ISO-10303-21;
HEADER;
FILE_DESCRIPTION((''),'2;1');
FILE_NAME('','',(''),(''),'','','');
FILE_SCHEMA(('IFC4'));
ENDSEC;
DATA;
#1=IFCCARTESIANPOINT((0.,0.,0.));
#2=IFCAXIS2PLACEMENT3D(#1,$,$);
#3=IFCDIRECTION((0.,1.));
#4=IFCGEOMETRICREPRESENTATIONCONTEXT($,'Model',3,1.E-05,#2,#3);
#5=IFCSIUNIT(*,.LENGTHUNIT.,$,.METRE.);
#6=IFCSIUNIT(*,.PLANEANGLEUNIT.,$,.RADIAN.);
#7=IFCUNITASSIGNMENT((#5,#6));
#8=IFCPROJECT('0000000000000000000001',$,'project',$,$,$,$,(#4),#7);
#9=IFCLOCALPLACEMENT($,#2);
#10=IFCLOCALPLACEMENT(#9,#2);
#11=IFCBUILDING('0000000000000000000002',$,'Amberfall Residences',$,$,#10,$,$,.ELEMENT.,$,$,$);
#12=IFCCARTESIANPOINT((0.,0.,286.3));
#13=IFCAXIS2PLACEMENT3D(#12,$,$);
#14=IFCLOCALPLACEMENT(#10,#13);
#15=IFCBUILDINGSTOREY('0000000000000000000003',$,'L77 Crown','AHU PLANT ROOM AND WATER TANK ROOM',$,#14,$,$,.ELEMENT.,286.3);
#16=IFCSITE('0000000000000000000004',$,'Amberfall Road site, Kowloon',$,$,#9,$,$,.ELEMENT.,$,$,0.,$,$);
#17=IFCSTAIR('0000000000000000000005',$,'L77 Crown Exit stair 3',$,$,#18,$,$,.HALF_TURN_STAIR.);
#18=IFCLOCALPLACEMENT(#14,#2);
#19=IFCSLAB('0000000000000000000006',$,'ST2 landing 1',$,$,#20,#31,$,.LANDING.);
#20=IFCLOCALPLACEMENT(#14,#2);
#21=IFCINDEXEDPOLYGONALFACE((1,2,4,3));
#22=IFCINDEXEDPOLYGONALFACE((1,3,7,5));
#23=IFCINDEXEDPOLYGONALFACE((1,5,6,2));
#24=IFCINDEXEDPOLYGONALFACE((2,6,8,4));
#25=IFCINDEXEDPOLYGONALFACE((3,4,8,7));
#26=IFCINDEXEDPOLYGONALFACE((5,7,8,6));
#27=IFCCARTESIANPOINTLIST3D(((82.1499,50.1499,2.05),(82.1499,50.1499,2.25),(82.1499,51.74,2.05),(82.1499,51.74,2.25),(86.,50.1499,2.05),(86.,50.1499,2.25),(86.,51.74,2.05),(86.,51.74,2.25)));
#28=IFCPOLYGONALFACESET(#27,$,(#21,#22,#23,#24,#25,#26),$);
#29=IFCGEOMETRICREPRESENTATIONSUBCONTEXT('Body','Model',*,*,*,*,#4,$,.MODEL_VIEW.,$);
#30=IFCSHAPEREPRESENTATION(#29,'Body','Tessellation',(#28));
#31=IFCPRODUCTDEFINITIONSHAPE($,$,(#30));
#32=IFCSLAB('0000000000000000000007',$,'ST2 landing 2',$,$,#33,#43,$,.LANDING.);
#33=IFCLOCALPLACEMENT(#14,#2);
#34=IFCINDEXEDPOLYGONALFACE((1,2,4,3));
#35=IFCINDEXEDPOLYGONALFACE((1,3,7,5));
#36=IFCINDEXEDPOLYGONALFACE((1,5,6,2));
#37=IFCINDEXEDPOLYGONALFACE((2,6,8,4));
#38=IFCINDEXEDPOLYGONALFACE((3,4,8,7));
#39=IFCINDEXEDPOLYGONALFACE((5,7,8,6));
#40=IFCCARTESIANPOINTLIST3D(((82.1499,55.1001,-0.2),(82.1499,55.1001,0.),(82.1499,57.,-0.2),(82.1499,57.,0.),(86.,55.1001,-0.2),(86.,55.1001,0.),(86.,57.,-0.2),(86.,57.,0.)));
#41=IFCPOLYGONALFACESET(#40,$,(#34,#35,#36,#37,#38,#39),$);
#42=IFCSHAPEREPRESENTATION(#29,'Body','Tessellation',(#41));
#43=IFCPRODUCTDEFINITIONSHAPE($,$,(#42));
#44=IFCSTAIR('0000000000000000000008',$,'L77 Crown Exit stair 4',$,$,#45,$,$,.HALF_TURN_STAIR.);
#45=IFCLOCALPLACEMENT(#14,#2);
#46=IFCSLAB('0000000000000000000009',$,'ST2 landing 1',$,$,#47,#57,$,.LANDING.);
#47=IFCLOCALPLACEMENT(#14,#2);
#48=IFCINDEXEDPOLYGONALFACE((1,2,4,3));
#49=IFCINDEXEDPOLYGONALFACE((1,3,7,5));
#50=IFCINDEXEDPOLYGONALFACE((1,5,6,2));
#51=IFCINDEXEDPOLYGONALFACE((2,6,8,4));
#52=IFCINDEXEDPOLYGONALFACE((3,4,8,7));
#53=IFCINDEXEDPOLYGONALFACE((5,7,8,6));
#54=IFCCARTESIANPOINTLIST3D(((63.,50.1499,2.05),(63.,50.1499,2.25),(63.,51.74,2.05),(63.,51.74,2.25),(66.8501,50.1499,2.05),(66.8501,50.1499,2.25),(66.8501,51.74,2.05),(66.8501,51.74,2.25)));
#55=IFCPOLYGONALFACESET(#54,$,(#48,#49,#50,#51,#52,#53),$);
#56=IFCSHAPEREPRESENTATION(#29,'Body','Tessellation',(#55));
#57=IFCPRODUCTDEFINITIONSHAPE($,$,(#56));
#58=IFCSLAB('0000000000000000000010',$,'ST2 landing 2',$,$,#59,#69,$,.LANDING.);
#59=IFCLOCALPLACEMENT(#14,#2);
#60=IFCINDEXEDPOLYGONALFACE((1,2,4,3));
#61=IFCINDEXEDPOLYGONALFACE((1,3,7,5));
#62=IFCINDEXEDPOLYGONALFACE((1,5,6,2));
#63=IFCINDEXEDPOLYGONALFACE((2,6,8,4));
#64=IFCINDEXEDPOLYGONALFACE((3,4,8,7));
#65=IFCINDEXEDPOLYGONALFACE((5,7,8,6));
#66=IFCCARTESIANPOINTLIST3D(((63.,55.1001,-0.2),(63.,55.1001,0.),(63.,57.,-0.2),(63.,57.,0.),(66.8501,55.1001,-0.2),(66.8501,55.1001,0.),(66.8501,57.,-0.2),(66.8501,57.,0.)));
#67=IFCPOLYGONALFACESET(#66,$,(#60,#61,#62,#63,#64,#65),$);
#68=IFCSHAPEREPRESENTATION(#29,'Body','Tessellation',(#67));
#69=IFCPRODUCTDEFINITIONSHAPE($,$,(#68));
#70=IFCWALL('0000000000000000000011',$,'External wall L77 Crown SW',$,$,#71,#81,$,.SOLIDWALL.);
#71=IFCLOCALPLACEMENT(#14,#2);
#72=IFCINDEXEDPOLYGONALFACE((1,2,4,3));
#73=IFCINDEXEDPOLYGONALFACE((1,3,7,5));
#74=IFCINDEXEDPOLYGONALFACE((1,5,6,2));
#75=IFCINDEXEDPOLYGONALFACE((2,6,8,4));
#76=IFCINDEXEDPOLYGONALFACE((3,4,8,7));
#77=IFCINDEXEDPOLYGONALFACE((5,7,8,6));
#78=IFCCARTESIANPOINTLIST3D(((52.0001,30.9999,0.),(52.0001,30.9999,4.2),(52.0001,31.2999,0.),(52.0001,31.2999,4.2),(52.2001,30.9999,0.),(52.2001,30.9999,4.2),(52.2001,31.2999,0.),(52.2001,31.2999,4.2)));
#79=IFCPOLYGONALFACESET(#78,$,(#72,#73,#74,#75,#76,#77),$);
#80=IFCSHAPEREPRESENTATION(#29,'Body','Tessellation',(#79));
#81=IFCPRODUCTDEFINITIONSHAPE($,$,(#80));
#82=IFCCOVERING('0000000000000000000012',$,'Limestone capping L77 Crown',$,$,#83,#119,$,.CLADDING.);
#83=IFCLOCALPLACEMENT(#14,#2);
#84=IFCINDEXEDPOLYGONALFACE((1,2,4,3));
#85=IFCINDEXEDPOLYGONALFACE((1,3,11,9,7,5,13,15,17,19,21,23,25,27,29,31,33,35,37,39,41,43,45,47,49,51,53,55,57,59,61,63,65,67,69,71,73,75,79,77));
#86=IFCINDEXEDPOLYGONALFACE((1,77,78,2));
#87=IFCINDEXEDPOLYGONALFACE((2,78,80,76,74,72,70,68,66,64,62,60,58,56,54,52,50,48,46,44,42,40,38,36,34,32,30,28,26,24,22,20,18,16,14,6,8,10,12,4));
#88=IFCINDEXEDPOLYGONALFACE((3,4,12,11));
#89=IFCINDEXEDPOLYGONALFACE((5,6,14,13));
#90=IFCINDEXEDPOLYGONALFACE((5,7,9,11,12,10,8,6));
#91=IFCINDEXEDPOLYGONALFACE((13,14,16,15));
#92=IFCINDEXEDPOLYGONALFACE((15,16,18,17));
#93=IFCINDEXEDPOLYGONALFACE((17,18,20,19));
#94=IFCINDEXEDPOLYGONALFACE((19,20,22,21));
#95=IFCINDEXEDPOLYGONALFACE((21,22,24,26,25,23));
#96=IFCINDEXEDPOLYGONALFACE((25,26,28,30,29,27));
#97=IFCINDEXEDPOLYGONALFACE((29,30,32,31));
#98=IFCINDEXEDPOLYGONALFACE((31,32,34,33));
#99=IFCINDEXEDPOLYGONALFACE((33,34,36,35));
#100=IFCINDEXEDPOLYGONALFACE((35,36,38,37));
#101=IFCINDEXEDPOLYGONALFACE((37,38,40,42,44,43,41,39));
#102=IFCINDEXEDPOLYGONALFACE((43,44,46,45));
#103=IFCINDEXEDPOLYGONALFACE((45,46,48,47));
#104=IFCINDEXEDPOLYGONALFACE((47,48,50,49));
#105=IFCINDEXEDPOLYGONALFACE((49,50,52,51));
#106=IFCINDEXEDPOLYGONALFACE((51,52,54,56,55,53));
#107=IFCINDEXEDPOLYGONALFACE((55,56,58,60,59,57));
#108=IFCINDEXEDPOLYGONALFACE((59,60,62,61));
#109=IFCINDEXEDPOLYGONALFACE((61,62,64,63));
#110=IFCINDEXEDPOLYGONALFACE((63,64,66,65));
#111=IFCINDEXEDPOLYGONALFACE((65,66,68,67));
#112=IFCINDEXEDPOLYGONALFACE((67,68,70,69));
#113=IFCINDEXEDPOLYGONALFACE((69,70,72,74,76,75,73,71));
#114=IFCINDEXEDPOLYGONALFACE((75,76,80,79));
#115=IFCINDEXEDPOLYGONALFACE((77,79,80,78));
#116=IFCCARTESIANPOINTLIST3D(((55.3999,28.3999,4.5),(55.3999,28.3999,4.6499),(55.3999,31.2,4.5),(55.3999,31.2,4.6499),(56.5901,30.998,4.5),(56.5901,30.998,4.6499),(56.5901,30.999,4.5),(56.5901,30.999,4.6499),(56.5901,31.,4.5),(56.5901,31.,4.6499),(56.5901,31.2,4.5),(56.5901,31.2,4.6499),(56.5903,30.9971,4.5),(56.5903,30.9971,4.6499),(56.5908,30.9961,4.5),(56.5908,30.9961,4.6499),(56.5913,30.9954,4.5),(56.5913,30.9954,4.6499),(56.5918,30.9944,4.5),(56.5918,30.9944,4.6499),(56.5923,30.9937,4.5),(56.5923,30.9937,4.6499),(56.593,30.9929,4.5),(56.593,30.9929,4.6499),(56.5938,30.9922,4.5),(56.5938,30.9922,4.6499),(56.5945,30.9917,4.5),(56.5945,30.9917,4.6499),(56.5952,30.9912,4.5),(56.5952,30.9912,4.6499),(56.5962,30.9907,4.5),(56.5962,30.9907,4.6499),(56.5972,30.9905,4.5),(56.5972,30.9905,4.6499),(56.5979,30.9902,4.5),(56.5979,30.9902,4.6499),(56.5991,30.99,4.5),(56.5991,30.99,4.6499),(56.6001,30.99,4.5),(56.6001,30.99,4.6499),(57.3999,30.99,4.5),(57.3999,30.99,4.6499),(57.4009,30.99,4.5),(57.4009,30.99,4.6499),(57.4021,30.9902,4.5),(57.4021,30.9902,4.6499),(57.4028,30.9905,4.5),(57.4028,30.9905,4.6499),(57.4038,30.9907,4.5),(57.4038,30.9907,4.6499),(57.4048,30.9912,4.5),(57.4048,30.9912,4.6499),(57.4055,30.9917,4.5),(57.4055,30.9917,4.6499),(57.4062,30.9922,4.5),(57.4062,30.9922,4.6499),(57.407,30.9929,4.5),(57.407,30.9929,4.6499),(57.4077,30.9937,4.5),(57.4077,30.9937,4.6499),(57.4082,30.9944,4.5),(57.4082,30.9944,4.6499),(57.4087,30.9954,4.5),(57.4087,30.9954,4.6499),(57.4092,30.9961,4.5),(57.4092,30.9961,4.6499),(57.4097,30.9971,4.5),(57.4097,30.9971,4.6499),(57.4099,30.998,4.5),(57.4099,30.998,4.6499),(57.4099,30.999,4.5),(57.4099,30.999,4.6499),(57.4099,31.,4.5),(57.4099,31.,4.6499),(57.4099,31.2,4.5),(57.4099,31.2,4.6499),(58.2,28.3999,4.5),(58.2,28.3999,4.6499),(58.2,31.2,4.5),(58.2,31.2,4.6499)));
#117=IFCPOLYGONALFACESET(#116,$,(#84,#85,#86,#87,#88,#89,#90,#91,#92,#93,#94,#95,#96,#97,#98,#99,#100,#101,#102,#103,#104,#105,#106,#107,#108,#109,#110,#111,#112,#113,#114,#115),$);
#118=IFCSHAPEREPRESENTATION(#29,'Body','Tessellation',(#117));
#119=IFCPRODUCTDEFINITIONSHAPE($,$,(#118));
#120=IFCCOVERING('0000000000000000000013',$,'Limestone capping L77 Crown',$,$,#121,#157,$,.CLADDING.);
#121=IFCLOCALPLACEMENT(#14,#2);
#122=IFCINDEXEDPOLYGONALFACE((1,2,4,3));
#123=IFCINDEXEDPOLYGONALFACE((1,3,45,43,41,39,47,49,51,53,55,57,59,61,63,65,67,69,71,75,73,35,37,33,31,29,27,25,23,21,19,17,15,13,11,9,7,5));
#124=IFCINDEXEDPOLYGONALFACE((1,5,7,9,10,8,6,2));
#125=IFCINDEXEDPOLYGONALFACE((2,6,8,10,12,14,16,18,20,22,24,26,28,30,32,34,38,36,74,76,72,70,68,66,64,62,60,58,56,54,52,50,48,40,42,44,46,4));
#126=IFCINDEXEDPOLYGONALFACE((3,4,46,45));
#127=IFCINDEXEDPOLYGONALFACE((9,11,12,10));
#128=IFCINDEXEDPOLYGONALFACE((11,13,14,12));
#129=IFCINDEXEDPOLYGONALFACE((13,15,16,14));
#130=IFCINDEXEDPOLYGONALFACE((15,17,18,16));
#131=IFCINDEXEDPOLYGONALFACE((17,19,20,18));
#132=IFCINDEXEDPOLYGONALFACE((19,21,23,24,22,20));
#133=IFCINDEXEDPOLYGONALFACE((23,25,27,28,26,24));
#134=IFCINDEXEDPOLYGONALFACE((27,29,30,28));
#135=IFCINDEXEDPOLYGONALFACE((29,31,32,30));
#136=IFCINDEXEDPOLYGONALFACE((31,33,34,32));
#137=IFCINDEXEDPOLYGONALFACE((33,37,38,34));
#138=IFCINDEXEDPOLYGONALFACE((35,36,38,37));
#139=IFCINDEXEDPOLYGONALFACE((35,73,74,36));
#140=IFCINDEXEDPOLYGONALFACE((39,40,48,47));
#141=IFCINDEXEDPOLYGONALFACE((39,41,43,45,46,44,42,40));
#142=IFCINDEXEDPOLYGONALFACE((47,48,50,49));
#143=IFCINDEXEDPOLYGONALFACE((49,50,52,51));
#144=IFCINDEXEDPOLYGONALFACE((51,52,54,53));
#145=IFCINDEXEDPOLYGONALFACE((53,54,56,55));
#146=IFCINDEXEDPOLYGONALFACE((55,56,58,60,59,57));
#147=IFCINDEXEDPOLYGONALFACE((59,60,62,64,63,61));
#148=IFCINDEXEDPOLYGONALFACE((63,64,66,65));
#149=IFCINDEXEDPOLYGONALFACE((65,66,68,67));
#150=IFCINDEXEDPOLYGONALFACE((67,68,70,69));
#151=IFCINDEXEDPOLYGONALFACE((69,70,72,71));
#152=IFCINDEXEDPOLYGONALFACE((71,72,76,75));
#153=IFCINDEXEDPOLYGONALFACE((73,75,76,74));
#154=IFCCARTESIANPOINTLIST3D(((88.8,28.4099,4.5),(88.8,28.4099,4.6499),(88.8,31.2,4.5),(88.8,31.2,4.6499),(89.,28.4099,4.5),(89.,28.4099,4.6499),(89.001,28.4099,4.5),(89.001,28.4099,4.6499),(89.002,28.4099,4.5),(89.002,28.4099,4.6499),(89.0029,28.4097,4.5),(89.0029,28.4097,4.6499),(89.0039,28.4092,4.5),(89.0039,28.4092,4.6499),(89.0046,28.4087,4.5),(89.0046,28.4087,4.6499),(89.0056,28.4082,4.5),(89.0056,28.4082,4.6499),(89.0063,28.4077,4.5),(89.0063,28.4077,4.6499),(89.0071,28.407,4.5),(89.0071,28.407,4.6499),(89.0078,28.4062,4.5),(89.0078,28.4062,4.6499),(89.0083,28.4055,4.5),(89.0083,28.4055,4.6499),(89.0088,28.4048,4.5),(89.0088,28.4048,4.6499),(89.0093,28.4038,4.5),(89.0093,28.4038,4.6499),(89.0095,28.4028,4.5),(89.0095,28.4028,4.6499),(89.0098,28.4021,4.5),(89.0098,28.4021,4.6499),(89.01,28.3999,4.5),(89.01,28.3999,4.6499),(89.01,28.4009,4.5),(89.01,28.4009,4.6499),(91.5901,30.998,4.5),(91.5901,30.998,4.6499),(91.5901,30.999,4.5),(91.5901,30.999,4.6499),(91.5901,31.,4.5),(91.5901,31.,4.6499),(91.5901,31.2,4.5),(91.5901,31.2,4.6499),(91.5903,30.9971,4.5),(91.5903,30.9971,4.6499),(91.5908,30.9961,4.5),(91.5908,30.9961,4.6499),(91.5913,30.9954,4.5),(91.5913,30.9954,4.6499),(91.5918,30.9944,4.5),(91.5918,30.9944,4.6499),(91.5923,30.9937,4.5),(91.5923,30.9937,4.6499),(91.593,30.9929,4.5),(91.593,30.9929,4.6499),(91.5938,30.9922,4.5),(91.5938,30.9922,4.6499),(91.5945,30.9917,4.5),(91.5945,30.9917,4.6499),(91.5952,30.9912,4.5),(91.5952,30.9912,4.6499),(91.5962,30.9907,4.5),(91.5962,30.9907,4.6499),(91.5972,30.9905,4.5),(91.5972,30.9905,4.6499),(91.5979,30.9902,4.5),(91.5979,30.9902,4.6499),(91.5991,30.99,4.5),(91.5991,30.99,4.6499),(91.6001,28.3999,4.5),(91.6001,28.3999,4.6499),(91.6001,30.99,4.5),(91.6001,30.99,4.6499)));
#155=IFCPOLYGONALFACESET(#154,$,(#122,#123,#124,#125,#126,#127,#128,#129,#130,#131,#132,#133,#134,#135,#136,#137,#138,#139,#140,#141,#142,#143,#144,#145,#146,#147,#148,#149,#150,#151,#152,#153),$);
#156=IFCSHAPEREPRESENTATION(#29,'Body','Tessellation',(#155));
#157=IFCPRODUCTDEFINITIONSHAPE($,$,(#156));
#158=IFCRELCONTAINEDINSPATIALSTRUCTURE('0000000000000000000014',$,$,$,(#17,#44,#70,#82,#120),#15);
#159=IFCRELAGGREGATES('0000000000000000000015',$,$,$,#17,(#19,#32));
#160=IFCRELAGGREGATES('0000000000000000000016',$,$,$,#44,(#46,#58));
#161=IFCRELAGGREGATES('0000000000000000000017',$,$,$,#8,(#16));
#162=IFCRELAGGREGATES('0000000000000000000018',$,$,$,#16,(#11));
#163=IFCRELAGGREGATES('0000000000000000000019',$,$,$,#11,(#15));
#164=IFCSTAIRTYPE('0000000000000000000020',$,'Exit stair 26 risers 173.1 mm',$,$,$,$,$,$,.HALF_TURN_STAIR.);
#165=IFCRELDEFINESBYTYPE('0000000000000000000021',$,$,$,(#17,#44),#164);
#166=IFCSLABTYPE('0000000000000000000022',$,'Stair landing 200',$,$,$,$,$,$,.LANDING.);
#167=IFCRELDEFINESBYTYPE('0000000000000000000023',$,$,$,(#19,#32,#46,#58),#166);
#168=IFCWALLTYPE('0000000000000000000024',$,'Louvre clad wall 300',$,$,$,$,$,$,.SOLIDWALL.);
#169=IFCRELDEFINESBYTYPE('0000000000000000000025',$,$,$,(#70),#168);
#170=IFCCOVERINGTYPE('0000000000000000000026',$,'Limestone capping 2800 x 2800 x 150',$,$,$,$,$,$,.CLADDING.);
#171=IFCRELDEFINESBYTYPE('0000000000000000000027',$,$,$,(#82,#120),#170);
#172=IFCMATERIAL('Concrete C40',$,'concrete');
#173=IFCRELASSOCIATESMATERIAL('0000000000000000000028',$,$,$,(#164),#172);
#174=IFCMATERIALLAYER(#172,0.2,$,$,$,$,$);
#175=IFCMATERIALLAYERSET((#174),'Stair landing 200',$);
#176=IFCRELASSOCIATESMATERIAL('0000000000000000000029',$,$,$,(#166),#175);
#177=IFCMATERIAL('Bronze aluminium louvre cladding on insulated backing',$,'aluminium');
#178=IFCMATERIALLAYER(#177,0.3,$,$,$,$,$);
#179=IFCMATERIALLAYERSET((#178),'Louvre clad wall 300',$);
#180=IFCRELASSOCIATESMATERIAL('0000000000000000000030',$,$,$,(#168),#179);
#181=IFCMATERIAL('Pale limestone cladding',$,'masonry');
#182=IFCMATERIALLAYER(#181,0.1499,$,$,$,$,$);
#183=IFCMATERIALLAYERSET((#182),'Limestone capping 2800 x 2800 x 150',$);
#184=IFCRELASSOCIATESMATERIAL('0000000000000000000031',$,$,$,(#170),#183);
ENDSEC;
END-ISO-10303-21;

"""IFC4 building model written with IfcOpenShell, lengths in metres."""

from ifc_helpers import new_model, si_unit, direction, frame, frame_2d, origin, place, context, subcontext, project, spatial, polyline, rectangle, outline, extrude, material, layer, layer_set, type_object, element, aggregate, save


model = new_model("IFC4")

# Units and contexts
model_context = context("Model", 3, precision=1e-05, world=origin(), true_north=direction((0.0, 1.0)))
body_context = subcontext(model_context, "Body", "Model", "MODEL_VIEW")
ifc_project = project(units=[si_unit("LENGTHUNIT", "METRE"), si_unit("PLANEANGLEUNIT", "RADIAN")], contexts=[model_context])

# Site, building, storey
site_placement = place(None, origin())
site = spatial("IfcSite", under=ifc_project, at=site_placement, Name="Amberfall Road site, Kowloon", CompositionType="ELEMENT", RefElevation=0.0)
building_placement = place(site_placement, origin())
building = spatial("IfcBuilding", under=site, at=building_placement, Name="Amberfall Residences", CompositionType="ELEMENT")
storey_placement = place(building_placement, frame((0.0, 0.0, 286.3)))
storey = spatial("IfcBuildingStorey", under=building, at=storey_placement, Name="L77 Crown", Description="AHU PLANT ROOM AND WATER TANK ROOM", CompositionType="ELEMENT", Elevation=286.3)

# Stairs, slabs
ifc_material_1 = material(Name="Concrete C40", Category="concrete")
stair_type = type_object("IfcStairType", Name="Exit stair 26 risers 173.1 mm", PredefinedType="HALF_TURN_STAIR", material=ifc_material_1)
ifc_layer_1 = layer(ifc_material_1, 0.2)
ifc_layer_set_1 = layer_set([ifc_layer_1], Name="Stair landing 200")
slab_type_1 = type_object("IfcSlabType", Name="Stair landing 200", PredefinedType="LANDING", material=ifc_layer_set_1)
stair_1_placement = place(storey_placement, origin())
stair_1 = element("IfcStair", 1, at=stair_1_placement, inside=storey, type_object=stair_type, Name="L77 Crown Exit stair 3", PredefinedType="HALF_TURN_STAIR")
slab_1_placement = place(storey_placement, frame((0.0, 0.0, 2.05)))
slab_1 = element("IfcSlab", 2, at=slab_1_placement, type_object=slab_type_1, Name="ST2 landing 1", PredefinedType="LANDING", context=body_context, shape_type="SweptSolid", body=[
    extrude(outline(polyline([(82.1499, 51.74), (82.1499, 50.1499), (86.0, 50.1499), (86.0, 51.74), (82.1499, 51.74)])), origin(), (0.0, 0.0, 1.0), 0.2),
])
slab_2_placement = place(storey_placement, frame((0.0, 0.0, -0.2)))
slab_2 = element("IfcSlab", 3, at=slab_2_placement, type_object=slab_type_1, Name="ST2 landing 2", PredefinedType="LANDING", context=body_context, shape_type="SweptSolid", body=[
    extrude(outline(polyline([(82.1499, 57.0), (82.1499, 55.1001), (86.0, 55.1001), (86.0, 57.0), (82.1499, 57.0)])), origin(), (0.0, 0.0, 1.0), 0.2),
])
aggregate(stair_1, [slab_1, slab_2])
stair_2_placement = place(storey_placement, origin())
stair_2 = element("IfcStair", 4, at=stair_2_placement, inside=storey, type_object=stair_type, Name="L77 Crown Exit stair 4", PredefinedType="HALF_TURN_STAIR")
slab_3_placement = place(storey_placement, frame((0.0, 0.0, 2.05)))
slab_3 = element("IfcSlab", 5, at=slab_3_placement, type_object=slab_type_1, Name="ST2 landing 1", PredefinedType="LANDING", context=body_context, shape_type="SweptSolid", body=[
    extrude(outline(polyline([(63.0, 51.74), (63.0, 50.1499), (66.8501, 50.1499), (66.8501, 51.74), (63.0, 51.74)])), origin(), (0.0, 0.0, 1.0), 0.2),
])
slab_4_placement = place(storey_placement, frame((0.0, 0.0, -0.2)))
slab_4 = element("IfcSlab", 6, at=slab_4_placement, type_object=slab_type_1, Name="ST2 landing 2", PredefinedType="LANDING", context=body_context, shape_type="SweptSolid", body=[
    extrude(outline(polyline([(63.0, 57.0), (63.0, 55.1001), (66.8501, 55.1001), (66.8501, 57.0), (63.0, 57.0)])), origin(), (0.0, 0.0, 1.0), 0.2),
])
aggregate(stair_2, [slab_3, slab_4])

# Wall
ifc_material_2 = material(Name="Bronze aluminium louvre cladding on insulated backing", Category="aluminium")
ifc_layer_2 = layer(ifc_material_2, 0.3)
ifc_layer_set_2 = layer_set([ifc_layer_2], Name="Louvre clad wall 300")
wall_type = type_object("IfcWallType", Name="Louvre clad wall 300", PredefinedType="SOLIDWALL", material=ifc_layer_set_2)
wall_placement = place(storey_placement, frame((52.0, 31.1499, 0.0), z_axis=(0.0, 0.0, 1.0), x_axis=(1.0, 0.0, 0.0)))
element("IfcWall", 7, at=wall_placement, inside=storey, type_object=wall_type, Name="External wall L77 Crown SW", PredefinedType="SOLIDWALL", context=body_context, shape_type="SweptSolid", body=[
    extrude(rectangle(XDim=0.2, YDim=0.3, at=frame_2d((0.1001, 0.0))), origin(), (0.0, 0.0, 1.0), 4.2),
])

# Coverings
ifc_material_3 = material(Name="Pale limestone cladding", Category="masonry")
ifc_layer_3 = layer(ifc_material_3, 0.1499)
ifc_layer_set_3 = layer_set([ifc_layer_3], Name="Limestone capping 2800 x 2800 x 150")
covering_type = type_object("IfcCoveringType", Name="Limestone capping 2800 x 2800 x 150", PredefinedType="CLADDING", material=ifc_layer_set_3)
covering_1_placement = place(storey_placement, frame((0.0, 0.0, 4.5)))
element("IfcCovering", 8, at=covering_1_placement, inside=storey, type_object=covering_type, Name="Limestone capping L77 Crown", PredefinedType="CLADDING", context=body_context, shape_type="SweptSolid", body=[
    extrude(outline(polyline([(58.2, 31.2), (57.4099, 31.2), (57.4099, 31.0), (57.4099, 30.999), (57.4099, 30.998), (57.4097, 30.9971), (57.4092, 30.9961), (57.4087, 30.9954), (57.4082, 30.9944), (57.4077, 30.9937), (57.407, 30.9929), (57.4062, 30.9922), (57.4055, 30.9917), (57.4048, 30.9912), (57.4038, 30.9907), (57.4028, 30.9905), (57.4021, 30.9902), (57.4009, 30.99), (57.3999, 30.99), (56.6001, 30.99), (56.5991, 30.99), (56.5979, 30.9902), (56.5972, 30.9905), (56.5962, 30.9907), (56.5952, 30.9912), (56.5945, 30.9917), (56.5938, 30.9922), (56.593, 30.9929), (56.5923, 30.9937), (56.5918, 30.9944), (56.5913, 30.9954), (56.5908, 30.9961), (56.5903, 30.9971), (56.5901, 30.998), (56.5901, 30.999), (56.5901, 31.0), (56.5901, 31.2), (55.3999, 31.2), (55.3999, 28.3999), (58.2, 28.3999), (58.2, 31.2)])), origin(), (0.0, 0.0, 1.0), 0.1499),
])
covering_2_placement = place(storey_placement, frame((0.0, 0.0, 4.5)))
element("IfcCovering", 9, at=covering_2_placement, inside=storey, type_object=covering_type, Name="Limestone capping L77 Crown", PredefinedType="CLADDING", context=body_context, shape_type="SweptSolid", body=[
    extrude(outline(polyline([(88.8, 31.2), (88.8, 28.4099), (89.0, 28.4099), (89.001, 28.4099), (89.002, 28.4099), (89.0029, 28.4097), (89.0039, 28.4092), (89.0046, 28.4087), (89.0056, 28.4082), (89.0063, 28.4077), (89.0071, 28.407), (89.0078, 28.4062), (89.0083, 28.4055), (89.0088, 28.4048), (89.0093, 28.4038), (89.0095, 28.4028), (89.0098, 28.4021), (89.01, 28.4009), (89.01, 28.3999), (91.6001, 28.3999), (91.6001, 30.99), (91.6001, 30.99), (91.5991, 30.99), (91.5979, 30.9902), (91.5972, 30.9905), (91.5962, 30.9907), (91.5952, 30.9912), (91.5945, 30.9917), (91.5938, 30.9922), (91.593, 30.9929), (91.5923, 30.9937), (91.5918, 30.9944), (91.5913, 30.9954), (91.5908, 30.9961), (91.5903, 30.9971), (91.5901, 30.998), (91.5901, 30.999), (91.5901, 31.0), (91.5901, 31.2), (88.8, 31.2)])), origin(), (0.0, 0.0, 1.0), 0.1499),
])

save(model, "model.ifc")
